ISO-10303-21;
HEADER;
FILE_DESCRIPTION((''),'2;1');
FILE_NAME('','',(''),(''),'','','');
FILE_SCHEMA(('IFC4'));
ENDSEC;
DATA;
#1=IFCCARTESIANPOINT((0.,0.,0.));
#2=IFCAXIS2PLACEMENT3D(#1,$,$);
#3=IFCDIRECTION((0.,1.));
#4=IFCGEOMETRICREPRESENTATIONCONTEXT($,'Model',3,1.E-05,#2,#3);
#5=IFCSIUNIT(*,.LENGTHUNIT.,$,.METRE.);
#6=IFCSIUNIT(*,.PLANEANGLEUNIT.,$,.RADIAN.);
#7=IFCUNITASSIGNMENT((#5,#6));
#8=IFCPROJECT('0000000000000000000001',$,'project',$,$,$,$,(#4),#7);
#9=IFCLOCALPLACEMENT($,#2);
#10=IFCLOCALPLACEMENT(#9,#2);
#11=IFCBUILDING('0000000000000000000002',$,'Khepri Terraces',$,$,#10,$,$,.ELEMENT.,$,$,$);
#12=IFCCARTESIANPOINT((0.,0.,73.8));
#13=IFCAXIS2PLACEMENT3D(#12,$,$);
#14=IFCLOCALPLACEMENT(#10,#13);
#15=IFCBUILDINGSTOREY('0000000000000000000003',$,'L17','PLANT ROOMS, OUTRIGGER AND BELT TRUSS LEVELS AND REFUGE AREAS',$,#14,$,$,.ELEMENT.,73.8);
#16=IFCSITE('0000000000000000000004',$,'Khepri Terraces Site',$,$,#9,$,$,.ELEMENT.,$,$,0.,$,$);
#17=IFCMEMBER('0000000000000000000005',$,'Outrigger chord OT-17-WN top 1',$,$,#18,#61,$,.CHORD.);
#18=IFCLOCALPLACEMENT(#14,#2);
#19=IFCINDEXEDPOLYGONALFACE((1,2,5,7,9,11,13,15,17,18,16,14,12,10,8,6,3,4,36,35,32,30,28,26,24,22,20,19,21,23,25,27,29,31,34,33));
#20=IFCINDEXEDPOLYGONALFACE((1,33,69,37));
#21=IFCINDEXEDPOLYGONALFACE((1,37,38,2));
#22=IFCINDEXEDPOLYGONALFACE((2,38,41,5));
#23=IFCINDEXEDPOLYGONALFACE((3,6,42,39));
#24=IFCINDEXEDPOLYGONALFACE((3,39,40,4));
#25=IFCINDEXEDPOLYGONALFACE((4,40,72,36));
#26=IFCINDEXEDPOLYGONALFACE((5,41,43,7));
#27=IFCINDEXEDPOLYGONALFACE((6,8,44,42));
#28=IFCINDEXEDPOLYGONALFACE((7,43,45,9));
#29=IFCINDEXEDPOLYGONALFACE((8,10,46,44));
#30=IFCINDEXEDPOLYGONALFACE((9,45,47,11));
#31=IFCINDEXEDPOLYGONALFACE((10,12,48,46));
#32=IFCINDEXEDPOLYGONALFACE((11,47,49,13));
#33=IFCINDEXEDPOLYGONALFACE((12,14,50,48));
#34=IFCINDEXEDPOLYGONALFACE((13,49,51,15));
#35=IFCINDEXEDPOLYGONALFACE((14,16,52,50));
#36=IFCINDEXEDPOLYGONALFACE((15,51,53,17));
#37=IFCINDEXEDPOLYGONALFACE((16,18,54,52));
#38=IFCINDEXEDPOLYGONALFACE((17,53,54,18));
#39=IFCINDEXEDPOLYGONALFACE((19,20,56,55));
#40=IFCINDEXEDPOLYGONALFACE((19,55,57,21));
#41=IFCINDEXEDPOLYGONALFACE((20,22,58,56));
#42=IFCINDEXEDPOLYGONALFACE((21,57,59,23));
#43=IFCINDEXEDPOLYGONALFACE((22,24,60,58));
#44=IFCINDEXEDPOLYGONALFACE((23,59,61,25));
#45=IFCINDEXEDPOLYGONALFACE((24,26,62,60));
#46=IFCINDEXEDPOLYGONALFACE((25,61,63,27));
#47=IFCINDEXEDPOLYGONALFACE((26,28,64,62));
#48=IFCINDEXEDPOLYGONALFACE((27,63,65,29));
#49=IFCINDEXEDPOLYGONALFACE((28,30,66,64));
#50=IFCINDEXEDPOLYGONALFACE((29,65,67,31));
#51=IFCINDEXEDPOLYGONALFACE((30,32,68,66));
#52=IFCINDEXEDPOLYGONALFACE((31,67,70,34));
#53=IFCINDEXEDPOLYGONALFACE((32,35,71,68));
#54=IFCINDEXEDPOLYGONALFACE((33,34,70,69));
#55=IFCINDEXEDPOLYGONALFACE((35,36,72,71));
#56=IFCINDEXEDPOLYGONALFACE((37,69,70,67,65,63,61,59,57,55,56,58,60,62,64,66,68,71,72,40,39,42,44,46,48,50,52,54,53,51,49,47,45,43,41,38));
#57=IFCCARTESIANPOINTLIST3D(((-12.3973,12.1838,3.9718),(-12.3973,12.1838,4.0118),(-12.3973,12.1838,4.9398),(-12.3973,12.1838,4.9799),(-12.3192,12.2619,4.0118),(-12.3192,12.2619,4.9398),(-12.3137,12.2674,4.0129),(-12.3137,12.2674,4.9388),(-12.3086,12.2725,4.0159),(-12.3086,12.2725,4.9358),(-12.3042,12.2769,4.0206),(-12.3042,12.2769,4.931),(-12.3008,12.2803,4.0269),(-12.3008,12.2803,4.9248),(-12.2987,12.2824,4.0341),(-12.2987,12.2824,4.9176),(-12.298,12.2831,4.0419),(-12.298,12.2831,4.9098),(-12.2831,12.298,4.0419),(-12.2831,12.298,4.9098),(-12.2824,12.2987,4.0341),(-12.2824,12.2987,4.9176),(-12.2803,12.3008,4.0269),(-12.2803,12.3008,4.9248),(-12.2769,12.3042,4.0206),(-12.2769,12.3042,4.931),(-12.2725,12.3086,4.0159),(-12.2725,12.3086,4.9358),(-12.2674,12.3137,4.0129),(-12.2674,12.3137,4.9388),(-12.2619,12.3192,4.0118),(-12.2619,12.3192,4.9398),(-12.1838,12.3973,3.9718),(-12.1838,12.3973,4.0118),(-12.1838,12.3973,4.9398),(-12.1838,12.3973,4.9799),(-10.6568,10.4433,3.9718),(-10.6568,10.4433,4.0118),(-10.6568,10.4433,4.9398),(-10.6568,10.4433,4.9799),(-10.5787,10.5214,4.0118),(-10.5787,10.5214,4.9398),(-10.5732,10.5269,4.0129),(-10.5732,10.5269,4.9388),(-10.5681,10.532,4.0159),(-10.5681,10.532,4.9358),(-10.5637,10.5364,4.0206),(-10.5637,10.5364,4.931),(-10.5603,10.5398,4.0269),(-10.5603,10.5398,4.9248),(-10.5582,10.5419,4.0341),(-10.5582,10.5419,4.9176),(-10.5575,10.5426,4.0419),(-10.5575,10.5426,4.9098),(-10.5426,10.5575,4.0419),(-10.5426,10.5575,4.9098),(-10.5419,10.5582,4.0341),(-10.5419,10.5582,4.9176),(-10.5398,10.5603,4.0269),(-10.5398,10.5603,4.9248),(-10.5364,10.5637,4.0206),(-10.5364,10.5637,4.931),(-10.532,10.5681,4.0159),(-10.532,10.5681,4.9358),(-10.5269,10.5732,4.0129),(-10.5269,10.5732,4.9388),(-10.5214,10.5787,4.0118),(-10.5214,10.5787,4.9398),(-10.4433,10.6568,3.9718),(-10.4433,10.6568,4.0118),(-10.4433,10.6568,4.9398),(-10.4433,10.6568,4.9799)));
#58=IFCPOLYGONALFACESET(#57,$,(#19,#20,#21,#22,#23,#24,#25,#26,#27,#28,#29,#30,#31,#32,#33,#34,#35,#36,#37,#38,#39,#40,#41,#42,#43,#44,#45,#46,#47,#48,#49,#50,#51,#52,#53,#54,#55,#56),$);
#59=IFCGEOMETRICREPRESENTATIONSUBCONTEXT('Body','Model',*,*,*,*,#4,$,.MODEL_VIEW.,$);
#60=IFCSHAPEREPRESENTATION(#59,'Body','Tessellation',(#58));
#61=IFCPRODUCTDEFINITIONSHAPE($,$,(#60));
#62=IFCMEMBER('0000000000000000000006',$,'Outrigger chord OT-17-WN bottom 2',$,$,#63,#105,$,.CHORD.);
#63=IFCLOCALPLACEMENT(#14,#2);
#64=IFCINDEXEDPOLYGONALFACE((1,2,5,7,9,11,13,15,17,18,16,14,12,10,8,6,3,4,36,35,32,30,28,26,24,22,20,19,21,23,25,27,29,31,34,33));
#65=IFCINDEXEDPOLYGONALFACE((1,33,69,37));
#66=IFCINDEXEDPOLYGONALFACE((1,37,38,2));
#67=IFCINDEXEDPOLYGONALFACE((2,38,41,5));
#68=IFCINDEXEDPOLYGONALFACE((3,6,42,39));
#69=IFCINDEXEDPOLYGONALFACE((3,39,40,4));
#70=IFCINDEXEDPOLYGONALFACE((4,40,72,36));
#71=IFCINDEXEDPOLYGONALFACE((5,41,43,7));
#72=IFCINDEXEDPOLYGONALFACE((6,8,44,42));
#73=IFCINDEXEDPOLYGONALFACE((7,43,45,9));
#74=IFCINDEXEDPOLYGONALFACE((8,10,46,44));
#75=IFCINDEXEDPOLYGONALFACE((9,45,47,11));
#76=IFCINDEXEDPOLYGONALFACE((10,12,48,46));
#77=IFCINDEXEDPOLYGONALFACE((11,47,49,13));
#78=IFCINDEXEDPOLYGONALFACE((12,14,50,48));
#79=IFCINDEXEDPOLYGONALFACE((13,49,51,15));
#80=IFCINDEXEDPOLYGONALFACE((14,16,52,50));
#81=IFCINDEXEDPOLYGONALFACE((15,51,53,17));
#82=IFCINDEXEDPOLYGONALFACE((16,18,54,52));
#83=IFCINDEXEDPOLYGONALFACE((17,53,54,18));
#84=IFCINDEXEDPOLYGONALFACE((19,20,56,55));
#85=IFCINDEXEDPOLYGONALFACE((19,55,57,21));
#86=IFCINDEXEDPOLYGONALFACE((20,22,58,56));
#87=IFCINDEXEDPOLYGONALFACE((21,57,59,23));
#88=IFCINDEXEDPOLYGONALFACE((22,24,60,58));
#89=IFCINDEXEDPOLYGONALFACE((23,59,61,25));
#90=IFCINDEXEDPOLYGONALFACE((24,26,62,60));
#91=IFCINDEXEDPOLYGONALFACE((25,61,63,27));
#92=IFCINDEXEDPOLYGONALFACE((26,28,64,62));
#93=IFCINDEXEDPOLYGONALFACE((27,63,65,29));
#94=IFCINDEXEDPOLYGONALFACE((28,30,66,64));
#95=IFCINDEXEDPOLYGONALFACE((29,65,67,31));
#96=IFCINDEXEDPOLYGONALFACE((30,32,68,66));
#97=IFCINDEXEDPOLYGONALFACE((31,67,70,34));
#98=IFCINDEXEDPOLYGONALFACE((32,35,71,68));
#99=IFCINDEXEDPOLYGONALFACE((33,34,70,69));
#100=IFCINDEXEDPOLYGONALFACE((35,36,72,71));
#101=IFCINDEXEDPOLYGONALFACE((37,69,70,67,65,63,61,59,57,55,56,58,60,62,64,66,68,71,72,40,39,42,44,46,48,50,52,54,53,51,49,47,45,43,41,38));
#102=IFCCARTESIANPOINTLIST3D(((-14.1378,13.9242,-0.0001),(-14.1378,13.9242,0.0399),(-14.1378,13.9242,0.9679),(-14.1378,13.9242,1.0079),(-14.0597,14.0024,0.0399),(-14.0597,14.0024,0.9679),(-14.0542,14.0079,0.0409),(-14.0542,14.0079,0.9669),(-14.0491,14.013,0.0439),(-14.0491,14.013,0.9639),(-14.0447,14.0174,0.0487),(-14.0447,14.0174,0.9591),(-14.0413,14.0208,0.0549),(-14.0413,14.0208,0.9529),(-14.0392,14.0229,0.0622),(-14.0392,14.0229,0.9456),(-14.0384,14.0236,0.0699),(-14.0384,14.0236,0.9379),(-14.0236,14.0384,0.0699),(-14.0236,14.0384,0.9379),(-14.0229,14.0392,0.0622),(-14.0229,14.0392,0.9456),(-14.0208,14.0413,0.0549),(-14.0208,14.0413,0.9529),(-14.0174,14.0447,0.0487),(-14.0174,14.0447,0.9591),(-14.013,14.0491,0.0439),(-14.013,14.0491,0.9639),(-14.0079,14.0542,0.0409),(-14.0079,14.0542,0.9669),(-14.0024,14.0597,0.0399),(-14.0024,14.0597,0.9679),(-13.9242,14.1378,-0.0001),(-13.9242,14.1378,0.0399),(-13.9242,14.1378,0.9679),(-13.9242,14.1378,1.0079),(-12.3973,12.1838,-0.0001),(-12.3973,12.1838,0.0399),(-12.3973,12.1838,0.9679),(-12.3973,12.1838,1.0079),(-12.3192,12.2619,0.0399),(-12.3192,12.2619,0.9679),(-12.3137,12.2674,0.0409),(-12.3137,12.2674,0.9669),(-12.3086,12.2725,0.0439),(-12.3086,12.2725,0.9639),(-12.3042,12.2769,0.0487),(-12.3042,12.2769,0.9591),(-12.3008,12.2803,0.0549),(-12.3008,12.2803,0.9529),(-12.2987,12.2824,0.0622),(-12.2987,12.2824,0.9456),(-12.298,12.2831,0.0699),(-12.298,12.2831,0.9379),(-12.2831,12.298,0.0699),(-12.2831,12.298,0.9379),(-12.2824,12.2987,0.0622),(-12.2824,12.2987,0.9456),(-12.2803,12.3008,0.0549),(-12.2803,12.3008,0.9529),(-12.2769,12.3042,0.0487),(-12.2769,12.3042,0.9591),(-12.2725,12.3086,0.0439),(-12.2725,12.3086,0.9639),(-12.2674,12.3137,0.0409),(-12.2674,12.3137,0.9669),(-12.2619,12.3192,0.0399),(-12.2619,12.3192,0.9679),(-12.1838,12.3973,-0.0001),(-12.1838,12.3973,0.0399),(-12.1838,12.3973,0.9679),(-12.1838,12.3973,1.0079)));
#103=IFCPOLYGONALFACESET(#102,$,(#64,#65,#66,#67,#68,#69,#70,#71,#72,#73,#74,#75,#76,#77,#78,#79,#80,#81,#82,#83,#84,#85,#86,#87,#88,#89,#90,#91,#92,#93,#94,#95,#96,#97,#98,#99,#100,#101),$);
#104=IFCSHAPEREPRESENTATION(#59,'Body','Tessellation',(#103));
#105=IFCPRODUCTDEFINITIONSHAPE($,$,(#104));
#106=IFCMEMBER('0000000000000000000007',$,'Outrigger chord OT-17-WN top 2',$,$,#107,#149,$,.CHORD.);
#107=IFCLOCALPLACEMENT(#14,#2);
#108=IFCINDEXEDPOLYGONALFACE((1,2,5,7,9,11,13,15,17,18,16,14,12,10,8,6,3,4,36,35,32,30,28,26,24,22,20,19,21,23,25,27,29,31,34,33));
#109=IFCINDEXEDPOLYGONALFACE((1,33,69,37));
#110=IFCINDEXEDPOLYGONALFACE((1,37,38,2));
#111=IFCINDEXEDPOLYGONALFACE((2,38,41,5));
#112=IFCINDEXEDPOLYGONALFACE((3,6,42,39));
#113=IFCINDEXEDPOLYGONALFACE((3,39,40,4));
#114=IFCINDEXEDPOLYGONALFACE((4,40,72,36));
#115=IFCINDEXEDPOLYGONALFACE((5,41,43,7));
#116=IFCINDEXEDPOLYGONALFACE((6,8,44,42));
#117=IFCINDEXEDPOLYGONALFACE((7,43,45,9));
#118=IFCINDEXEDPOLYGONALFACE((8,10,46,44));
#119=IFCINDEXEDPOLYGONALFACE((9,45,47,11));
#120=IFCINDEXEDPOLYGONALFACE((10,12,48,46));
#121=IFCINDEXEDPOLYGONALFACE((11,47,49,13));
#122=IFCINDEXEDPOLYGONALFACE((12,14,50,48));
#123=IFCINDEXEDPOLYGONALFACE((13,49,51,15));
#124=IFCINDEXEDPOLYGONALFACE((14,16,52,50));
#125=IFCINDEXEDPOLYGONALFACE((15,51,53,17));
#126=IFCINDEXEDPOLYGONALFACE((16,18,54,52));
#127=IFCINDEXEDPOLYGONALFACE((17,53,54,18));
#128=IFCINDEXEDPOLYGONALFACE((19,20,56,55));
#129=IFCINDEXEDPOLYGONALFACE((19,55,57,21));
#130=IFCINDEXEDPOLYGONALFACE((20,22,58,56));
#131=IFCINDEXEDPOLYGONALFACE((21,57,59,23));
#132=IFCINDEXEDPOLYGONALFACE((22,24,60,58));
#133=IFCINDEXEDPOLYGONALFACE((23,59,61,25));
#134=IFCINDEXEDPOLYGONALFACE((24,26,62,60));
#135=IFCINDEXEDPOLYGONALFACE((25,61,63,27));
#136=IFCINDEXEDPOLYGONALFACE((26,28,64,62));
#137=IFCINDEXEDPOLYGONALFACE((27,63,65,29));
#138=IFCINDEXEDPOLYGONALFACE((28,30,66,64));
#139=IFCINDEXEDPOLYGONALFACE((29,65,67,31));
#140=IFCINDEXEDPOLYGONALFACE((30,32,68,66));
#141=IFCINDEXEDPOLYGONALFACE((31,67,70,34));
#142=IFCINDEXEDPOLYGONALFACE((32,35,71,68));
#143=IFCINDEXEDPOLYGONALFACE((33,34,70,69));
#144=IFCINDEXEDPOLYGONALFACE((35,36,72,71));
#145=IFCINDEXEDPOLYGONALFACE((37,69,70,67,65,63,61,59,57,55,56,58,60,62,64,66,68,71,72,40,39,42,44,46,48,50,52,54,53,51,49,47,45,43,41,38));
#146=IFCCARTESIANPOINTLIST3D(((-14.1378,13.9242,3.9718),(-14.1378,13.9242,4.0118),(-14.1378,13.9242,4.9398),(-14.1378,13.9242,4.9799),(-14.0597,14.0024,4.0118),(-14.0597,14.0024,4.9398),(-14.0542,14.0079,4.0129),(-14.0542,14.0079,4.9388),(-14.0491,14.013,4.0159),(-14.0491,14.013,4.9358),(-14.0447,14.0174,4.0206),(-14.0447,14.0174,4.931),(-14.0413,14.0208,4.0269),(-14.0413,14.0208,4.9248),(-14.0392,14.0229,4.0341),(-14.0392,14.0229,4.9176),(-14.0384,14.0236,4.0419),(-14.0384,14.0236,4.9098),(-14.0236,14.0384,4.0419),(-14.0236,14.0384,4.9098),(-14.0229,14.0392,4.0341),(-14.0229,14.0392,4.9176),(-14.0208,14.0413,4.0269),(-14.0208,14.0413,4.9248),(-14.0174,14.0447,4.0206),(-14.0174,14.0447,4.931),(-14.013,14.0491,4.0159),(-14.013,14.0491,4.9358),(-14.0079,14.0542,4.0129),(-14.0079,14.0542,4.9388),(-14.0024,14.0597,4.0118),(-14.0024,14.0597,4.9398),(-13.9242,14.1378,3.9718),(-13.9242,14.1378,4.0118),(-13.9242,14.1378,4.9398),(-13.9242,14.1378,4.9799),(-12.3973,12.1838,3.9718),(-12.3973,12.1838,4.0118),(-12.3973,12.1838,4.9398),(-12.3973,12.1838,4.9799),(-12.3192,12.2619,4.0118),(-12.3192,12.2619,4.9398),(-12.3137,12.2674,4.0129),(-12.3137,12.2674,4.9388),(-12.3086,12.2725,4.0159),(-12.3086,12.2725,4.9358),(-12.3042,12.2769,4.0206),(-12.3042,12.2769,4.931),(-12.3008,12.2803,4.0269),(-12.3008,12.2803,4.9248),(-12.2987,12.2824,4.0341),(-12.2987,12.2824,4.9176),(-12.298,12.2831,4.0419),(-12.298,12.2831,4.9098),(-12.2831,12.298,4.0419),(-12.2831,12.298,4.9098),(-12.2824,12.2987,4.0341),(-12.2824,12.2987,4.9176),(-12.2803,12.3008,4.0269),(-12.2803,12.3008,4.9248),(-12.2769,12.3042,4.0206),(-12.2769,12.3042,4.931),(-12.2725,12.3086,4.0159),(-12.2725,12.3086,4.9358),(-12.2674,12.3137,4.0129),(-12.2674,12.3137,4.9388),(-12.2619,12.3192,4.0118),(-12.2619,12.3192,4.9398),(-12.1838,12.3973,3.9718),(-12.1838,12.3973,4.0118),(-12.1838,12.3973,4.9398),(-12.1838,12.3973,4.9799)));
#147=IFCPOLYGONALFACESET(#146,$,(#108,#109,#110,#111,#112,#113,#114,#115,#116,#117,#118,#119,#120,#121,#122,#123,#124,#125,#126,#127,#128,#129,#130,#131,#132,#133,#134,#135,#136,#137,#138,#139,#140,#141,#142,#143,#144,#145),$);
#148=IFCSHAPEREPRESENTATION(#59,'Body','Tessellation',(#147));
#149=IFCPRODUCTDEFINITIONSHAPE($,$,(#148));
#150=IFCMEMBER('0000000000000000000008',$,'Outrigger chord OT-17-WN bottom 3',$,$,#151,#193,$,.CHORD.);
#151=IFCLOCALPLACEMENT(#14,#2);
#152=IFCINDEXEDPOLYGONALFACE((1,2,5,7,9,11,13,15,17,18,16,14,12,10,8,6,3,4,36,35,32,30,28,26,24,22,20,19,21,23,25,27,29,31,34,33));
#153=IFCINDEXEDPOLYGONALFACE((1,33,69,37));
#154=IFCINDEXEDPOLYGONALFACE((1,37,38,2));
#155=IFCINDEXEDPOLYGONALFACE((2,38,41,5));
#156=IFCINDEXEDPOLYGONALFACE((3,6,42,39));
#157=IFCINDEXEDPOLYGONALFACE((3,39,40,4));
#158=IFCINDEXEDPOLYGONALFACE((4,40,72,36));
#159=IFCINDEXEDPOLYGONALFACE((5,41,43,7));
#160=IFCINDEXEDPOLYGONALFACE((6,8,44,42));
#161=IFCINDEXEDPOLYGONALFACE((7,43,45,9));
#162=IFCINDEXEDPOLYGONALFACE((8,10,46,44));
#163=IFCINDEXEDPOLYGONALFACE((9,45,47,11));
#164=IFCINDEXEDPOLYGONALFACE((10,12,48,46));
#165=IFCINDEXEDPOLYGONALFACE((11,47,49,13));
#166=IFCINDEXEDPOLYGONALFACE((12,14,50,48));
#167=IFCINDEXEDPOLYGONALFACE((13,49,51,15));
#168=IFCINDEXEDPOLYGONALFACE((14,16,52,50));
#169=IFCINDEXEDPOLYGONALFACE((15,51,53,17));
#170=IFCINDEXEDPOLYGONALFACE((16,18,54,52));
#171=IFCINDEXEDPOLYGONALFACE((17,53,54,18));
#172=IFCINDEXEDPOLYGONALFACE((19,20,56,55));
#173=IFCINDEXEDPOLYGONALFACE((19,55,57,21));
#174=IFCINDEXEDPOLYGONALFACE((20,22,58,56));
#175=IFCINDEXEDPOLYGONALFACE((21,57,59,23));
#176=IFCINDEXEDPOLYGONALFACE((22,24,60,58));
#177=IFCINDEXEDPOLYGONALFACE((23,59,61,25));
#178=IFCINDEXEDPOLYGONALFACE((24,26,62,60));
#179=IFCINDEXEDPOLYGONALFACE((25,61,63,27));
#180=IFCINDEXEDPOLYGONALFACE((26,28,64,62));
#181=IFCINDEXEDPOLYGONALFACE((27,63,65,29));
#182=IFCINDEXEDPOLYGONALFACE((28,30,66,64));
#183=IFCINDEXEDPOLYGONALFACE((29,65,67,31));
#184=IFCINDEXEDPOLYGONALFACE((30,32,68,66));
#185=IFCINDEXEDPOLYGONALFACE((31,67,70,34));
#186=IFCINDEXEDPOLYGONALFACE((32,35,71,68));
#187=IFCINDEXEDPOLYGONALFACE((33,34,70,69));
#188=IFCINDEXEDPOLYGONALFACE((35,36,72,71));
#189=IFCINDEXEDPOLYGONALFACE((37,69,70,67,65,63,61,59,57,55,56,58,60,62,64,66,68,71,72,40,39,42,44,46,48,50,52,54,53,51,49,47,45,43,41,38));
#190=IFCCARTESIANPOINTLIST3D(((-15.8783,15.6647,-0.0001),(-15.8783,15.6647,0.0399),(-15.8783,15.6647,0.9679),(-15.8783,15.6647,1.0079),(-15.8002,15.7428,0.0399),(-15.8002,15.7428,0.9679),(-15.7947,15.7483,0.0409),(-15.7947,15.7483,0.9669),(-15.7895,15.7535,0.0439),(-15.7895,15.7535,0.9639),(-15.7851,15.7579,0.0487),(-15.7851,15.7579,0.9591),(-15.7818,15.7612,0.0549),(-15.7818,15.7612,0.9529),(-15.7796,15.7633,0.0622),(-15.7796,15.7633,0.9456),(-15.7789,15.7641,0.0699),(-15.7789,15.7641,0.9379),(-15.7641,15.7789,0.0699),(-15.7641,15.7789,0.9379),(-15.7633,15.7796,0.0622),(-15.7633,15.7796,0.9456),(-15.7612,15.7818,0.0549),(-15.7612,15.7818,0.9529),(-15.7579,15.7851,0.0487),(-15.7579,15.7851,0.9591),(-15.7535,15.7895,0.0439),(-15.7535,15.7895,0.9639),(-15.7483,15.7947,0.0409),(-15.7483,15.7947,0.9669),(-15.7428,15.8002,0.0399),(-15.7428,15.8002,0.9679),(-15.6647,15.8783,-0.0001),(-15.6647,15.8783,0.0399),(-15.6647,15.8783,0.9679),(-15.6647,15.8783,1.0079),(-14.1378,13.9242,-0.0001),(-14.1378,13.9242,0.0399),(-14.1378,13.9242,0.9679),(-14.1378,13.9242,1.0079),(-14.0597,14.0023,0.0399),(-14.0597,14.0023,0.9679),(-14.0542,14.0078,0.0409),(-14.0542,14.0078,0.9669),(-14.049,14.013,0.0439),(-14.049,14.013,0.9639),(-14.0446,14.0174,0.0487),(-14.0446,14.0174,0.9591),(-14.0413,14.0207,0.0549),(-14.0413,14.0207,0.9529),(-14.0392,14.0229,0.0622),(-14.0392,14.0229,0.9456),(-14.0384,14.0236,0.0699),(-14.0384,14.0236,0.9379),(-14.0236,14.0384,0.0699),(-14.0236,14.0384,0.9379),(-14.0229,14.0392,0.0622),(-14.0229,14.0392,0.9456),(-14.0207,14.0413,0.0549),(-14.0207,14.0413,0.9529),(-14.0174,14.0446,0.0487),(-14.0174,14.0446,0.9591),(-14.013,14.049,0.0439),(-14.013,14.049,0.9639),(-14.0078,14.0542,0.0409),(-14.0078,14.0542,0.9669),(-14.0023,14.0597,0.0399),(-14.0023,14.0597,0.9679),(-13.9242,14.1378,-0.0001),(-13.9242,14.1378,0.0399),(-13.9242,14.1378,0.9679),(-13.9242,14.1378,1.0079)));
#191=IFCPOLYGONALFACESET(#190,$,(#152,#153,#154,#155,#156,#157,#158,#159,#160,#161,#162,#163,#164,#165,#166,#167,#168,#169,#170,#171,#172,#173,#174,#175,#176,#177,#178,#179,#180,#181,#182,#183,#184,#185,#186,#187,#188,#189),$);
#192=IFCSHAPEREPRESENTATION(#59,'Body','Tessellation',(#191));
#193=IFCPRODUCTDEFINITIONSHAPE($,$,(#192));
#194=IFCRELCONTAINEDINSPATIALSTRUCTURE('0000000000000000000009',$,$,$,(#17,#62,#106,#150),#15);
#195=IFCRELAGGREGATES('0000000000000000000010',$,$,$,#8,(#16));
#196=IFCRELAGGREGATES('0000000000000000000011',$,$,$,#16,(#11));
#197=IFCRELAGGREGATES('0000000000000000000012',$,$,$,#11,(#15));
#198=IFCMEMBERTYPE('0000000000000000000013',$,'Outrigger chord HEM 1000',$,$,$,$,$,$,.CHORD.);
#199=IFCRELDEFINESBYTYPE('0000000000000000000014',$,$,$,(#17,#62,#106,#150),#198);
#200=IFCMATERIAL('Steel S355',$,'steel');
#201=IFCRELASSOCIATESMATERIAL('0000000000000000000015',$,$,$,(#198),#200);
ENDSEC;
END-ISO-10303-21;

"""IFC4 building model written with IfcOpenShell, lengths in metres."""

from ifc_helpers import new_model, si_unit, direction, frame, origin, origin_2d, place, context, subcontext, project, spatial, i_section, extrude, material, material_profile, profile_set, type_object, element, save


model = new_model("IFC4")

# Units and contexts
model_context = context("Model", 3, precision=1e-05, world=origin(), true_north=direction((0.0, 1.0)))
body_context = subcontext(model_context, "Body", "Model", "MODEL_VIEW")
ifc_project = project(units=[si_unit("LENGTHUNIT", "METRE"), si_unit("PLANEANGLEUNIT", "RADIAN")], contexts=[model_context])

# Site, building, storey
site_placement = place(None, origin())
site = spatial("IfcSite", under=ifc_project, at=site_placement, Name="Khepri Terraces Site", CompositionType="ELEMENT", RefElevation=0.0)
building_placement = place(site_placement, origin())
building = spatial("IfcBuilding", under=site, at=building_placement, Name="Khepri Terraces", CompositionType="ELEMENT")
storey_placement = place(building_placement, frame((0.0, 0.0, 73.8)))
storey = spatial("IfcBuildingStorey", under=building, at=storey_placement, Name="L17", Description="PLANT ROOMS, OUTRIGGER AND BELT TRUSS LEVELS AND REFUGE AREAS", CompositionType="ELEMENT", Elevation=73.8)

# Members
ifc_material_1 = material(Name="Steel S355", Category="steel")
ifc_material_profile_1 = material_profile(ifc_material_1, i_section(OverallWidth=0.302, OverallDepth=1.0081, WebThickness=0.021, FlangeThickness=0.04, FilletRadius=0.03, at=origin_2d()), Name="Steel S355", Category="steel")
ifc_profile_set_1 = profile_set([ifc_material_profile_1], Name="Steel S355")
member_type_1 = type_object("IfcMemberType", Name="Outrigger chord HEM 1000", PredefinedType="CHORD", material=ifc_profile_set_1)
for number, where, z_axis, x_axis, name in (
    (1, (-10.55, 10.55, 4.4758), (-0.707107, 0.707107, 0.0), (-0.707107, -0.707107, 0.0), "Outrigger chord OT-17-WN top 1"),
    (2, (-12.2905, 12.2905, 0.5039), (-0.707107, 0.707107, 0.0), (-0.707107, -0.707107, 0.0), "Outrigger chord OT-17-WN bottom 2"),
    (3, (-12.2905, 12.2905, 4.4758), (-0.707107, 0.707107, 0.0), (-0.707107, -0.707107, 0.0), "Outrigger chord OT-17-WN top 2"),
    (4, (-14.031, 14.031, 0.5039), (-0.707107, 0.707107, 0.0), (-0.707107, -0.707107, 0.0), "Outrigger chord OT-17-WN bottom 3"),
):
    element("IfcMember", number, at=place(storey_placement, frame(where, z_axis=z_axis, x_axis=x_axis)), inside=storey, type_object=member_type_1, Name=name, PredefinedType="CHORD", context=body_context, shape_type="SweptSolid", body=[
        extrude(i_section(OverallWidth=0.302, OverallDepth=1.0081, WebThickness=0.021, FlangeThickness=0.04, FilletRadius=0.03, at=origin_2d()), origin(), (0.0, 0.0, 1.0), 2.4614),
    ])

save(model, "model.ifc")
